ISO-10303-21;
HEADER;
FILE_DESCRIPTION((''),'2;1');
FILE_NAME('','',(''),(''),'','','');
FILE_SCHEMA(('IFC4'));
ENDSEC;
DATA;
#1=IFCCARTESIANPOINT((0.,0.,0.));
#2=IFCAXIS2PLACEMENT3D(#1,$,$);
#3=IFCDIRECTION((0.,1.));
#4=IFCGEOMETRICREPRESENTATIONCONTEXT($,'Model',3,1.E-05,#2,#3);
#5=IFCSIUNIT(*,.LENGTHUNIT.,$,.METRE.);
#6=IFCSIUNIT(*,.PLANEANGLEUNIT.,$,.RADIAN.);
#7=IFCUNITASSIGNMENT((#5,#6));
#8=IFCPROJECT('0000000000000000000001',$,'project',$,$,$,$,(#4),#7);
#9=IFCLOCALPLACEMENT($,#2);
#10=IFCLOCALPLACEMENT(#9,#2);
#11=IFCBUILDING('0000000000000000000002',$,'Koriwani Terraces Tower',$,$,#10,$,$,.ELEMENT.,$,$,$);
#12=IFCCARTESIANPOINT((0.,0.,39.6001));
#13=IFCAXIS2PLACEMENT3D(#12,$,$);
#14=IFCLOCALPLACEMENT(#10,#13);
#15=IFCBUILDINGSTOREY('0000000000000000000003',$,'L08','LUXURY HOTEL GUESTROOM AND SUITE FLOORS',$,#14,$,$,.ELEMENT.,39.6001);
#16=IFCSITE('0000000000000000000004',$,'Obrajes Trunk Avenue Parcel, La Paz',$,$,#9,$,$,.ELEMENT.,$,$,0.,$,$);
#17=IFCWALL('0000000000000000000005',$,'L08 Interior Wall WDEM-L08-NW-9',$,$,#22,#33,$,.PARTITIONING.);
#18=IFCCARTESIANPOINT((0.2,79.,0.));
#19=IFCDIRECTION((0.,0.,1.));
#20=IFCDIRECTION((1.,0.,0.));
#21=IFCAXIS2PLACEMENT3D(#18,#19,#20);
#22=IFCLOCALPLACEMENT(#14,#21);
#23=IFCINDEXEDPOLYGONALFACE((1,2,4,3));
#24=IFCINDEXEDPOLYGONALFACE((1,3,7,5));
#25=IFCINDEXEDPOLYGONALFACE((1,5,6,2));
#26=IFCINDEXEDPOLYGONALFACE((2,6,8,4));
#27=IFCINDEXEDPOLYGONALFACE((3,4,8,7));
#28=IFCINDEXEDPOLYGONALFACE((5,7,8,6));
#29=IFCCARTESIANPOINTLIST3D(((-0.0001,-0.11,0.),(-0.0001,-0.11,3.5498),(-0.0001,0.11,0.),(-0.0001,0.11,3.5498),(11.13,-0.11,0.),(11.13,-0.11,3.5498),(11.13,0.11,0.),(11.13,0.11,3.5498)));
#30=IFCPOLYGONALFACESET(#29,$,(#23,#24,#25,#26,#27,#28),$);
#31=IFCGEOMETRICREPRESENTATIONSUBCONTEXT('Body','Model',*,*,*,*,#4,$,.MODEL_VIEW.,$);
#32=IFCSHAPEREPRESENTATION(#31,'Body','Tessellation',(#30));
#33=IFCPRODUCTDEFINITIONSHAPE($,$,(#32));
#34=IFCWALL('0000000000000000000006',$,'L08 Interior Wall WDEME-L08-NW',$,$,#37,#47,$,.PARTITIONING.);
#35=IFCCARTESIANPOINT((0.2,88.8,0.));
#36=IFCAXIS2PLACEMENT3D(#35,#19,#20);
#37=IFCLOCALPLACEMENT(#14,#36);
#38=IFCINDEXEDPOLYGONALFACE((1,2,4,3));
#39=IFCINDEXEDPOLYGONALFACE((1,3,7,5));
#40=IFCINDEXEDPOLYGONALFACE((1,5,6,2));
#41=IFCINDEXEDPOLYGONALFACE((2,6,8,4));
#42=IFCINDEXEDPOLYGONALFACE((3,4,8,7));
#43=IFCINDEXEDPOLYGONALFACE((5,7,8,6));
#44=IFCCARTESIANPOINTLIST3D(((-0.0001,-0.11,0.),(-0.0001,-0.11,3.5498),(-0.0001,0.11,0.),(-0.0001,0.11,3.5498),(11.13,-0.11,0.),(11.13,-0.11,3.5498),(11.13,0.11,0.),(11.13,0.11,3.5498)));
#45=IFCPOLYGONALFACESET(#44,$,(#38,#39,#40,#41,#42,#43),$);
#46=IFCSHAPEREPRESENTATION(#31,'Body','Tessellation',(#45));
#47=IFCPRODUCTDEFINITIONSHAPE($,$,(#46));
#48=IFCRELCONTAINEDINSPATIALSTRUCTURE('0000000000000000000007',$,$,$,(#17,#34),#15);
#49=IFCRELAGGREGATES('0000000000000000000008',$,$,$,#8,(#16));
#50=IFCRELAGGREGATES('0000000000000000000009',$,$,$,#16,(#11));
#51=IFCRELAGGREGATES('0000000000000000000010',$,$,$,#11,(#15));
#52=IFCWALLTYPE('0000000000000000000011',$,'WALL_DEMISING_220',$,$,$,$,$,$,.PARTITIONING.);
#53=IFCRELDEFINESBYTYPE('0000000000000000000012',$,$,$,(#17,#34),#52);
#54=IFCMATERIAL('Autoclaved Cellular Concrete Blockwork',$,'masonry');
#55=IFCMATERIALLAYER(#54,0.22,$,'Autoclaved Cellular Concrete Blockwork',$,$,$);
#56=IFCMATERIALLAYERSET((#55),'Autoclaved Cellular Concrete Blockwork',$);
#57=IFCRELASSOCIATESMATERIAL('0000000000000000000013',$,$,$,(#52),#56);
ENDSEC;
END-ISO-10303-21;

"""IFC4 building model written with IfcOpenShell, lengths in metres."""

from ifc_helpers import new_model, si_unit, direction, frame, frame_2d, origin, place, context, subcontext, project, spatial, rectangle, extrude, material, layer, layer_set, type_object, element, save


model = new_model("IFC4")

# Units and contexts
model_context = context("Model", 3, precision=1e-05, world=origin(), true_north=direction((0.0, 1.0)))
body_context = subcontext(model_context, "Body", "Model", "MODEL_VIEW")
ifc_project = project(units=[si_unit("LENGTHUNIT", "METRE"), si_unit("PLANEANGLEUNIT", "RADIAN")], contexts=[model_context])

# Site, building, storey
site_placement = place(None, origin())
site = spatial("IfcSite", under=ifc_project, at=site_placement, Name="Obrajes Trunk Avenue Parcel, La Paz", CompositionType="ELEMENT", RefElevation=0.0)
building_placement = place(site_placement, origin())
building = spatial("IfcBuilding", under=site, at=building_placement, Name="Koriwani Terraces Tower", CompositionType="ELEMENT")
storey_placement = place(building_placement, frame((0.0, 0.0, 39.6001)))
storey = spatial("IfcBuildingStorey", under=building, at=storey_placement, Name="L08", Description="LUXURY HOTEL GUESTROOM AND SUITE FLOORS", CompositionType="ELEMENT", Elevation=39.6001)

# Walls
ifc_material_1 = material(Name="Autoclaved Cellular Concrete Blockwork", Category="masonry")
ifc_layer_1 = layer(ifc_material_1, 0.22, Name="Autoclaved Cellular Concrete Blockwork")
ifc_layer_set_1 = layer_set([ifc_layer_1], Name="Autoclaved Cellular Concrete Blockwork")
wall_type_1 = type_object("IfcWallType", Name="WALL_DEMISING_220", PredefinedType="PARTITIONING", material=ifc_layer_set_1)
for number, where, z_axis, x_axis, name in (
    (1, (0.2, 79.0, 0.0), (0.0, 0.0, 1.0), (1.0, 0.0, 0.0), "L08 Interior Wall WDEM-L08-NW-9"),
    (2, (0.2, 88.8, 0.0), (0.0, 0.0, 1.0), (1.0, 0.0, 0.0), "L08 Interior Wall WDEME-L08-NW"),
):
    element("IfcWall", number, at=place(storey_placement, frame(where, z_axis=z_axis, x_axis=x_axis)), inside=storey, type_object=wall_type_1, Name=name, PredefinedType="PARTITIONING", context=body_context, shape_type="SweptSolid", body=[
        extrude(rectangle(XDim=11.1301, YDim=0.22, at=frame_2d((5.5649, 0.0))), origin(), (0.0, 0.0, 1.0), 3.5498),
    ])

save(model, "model.ifc")
